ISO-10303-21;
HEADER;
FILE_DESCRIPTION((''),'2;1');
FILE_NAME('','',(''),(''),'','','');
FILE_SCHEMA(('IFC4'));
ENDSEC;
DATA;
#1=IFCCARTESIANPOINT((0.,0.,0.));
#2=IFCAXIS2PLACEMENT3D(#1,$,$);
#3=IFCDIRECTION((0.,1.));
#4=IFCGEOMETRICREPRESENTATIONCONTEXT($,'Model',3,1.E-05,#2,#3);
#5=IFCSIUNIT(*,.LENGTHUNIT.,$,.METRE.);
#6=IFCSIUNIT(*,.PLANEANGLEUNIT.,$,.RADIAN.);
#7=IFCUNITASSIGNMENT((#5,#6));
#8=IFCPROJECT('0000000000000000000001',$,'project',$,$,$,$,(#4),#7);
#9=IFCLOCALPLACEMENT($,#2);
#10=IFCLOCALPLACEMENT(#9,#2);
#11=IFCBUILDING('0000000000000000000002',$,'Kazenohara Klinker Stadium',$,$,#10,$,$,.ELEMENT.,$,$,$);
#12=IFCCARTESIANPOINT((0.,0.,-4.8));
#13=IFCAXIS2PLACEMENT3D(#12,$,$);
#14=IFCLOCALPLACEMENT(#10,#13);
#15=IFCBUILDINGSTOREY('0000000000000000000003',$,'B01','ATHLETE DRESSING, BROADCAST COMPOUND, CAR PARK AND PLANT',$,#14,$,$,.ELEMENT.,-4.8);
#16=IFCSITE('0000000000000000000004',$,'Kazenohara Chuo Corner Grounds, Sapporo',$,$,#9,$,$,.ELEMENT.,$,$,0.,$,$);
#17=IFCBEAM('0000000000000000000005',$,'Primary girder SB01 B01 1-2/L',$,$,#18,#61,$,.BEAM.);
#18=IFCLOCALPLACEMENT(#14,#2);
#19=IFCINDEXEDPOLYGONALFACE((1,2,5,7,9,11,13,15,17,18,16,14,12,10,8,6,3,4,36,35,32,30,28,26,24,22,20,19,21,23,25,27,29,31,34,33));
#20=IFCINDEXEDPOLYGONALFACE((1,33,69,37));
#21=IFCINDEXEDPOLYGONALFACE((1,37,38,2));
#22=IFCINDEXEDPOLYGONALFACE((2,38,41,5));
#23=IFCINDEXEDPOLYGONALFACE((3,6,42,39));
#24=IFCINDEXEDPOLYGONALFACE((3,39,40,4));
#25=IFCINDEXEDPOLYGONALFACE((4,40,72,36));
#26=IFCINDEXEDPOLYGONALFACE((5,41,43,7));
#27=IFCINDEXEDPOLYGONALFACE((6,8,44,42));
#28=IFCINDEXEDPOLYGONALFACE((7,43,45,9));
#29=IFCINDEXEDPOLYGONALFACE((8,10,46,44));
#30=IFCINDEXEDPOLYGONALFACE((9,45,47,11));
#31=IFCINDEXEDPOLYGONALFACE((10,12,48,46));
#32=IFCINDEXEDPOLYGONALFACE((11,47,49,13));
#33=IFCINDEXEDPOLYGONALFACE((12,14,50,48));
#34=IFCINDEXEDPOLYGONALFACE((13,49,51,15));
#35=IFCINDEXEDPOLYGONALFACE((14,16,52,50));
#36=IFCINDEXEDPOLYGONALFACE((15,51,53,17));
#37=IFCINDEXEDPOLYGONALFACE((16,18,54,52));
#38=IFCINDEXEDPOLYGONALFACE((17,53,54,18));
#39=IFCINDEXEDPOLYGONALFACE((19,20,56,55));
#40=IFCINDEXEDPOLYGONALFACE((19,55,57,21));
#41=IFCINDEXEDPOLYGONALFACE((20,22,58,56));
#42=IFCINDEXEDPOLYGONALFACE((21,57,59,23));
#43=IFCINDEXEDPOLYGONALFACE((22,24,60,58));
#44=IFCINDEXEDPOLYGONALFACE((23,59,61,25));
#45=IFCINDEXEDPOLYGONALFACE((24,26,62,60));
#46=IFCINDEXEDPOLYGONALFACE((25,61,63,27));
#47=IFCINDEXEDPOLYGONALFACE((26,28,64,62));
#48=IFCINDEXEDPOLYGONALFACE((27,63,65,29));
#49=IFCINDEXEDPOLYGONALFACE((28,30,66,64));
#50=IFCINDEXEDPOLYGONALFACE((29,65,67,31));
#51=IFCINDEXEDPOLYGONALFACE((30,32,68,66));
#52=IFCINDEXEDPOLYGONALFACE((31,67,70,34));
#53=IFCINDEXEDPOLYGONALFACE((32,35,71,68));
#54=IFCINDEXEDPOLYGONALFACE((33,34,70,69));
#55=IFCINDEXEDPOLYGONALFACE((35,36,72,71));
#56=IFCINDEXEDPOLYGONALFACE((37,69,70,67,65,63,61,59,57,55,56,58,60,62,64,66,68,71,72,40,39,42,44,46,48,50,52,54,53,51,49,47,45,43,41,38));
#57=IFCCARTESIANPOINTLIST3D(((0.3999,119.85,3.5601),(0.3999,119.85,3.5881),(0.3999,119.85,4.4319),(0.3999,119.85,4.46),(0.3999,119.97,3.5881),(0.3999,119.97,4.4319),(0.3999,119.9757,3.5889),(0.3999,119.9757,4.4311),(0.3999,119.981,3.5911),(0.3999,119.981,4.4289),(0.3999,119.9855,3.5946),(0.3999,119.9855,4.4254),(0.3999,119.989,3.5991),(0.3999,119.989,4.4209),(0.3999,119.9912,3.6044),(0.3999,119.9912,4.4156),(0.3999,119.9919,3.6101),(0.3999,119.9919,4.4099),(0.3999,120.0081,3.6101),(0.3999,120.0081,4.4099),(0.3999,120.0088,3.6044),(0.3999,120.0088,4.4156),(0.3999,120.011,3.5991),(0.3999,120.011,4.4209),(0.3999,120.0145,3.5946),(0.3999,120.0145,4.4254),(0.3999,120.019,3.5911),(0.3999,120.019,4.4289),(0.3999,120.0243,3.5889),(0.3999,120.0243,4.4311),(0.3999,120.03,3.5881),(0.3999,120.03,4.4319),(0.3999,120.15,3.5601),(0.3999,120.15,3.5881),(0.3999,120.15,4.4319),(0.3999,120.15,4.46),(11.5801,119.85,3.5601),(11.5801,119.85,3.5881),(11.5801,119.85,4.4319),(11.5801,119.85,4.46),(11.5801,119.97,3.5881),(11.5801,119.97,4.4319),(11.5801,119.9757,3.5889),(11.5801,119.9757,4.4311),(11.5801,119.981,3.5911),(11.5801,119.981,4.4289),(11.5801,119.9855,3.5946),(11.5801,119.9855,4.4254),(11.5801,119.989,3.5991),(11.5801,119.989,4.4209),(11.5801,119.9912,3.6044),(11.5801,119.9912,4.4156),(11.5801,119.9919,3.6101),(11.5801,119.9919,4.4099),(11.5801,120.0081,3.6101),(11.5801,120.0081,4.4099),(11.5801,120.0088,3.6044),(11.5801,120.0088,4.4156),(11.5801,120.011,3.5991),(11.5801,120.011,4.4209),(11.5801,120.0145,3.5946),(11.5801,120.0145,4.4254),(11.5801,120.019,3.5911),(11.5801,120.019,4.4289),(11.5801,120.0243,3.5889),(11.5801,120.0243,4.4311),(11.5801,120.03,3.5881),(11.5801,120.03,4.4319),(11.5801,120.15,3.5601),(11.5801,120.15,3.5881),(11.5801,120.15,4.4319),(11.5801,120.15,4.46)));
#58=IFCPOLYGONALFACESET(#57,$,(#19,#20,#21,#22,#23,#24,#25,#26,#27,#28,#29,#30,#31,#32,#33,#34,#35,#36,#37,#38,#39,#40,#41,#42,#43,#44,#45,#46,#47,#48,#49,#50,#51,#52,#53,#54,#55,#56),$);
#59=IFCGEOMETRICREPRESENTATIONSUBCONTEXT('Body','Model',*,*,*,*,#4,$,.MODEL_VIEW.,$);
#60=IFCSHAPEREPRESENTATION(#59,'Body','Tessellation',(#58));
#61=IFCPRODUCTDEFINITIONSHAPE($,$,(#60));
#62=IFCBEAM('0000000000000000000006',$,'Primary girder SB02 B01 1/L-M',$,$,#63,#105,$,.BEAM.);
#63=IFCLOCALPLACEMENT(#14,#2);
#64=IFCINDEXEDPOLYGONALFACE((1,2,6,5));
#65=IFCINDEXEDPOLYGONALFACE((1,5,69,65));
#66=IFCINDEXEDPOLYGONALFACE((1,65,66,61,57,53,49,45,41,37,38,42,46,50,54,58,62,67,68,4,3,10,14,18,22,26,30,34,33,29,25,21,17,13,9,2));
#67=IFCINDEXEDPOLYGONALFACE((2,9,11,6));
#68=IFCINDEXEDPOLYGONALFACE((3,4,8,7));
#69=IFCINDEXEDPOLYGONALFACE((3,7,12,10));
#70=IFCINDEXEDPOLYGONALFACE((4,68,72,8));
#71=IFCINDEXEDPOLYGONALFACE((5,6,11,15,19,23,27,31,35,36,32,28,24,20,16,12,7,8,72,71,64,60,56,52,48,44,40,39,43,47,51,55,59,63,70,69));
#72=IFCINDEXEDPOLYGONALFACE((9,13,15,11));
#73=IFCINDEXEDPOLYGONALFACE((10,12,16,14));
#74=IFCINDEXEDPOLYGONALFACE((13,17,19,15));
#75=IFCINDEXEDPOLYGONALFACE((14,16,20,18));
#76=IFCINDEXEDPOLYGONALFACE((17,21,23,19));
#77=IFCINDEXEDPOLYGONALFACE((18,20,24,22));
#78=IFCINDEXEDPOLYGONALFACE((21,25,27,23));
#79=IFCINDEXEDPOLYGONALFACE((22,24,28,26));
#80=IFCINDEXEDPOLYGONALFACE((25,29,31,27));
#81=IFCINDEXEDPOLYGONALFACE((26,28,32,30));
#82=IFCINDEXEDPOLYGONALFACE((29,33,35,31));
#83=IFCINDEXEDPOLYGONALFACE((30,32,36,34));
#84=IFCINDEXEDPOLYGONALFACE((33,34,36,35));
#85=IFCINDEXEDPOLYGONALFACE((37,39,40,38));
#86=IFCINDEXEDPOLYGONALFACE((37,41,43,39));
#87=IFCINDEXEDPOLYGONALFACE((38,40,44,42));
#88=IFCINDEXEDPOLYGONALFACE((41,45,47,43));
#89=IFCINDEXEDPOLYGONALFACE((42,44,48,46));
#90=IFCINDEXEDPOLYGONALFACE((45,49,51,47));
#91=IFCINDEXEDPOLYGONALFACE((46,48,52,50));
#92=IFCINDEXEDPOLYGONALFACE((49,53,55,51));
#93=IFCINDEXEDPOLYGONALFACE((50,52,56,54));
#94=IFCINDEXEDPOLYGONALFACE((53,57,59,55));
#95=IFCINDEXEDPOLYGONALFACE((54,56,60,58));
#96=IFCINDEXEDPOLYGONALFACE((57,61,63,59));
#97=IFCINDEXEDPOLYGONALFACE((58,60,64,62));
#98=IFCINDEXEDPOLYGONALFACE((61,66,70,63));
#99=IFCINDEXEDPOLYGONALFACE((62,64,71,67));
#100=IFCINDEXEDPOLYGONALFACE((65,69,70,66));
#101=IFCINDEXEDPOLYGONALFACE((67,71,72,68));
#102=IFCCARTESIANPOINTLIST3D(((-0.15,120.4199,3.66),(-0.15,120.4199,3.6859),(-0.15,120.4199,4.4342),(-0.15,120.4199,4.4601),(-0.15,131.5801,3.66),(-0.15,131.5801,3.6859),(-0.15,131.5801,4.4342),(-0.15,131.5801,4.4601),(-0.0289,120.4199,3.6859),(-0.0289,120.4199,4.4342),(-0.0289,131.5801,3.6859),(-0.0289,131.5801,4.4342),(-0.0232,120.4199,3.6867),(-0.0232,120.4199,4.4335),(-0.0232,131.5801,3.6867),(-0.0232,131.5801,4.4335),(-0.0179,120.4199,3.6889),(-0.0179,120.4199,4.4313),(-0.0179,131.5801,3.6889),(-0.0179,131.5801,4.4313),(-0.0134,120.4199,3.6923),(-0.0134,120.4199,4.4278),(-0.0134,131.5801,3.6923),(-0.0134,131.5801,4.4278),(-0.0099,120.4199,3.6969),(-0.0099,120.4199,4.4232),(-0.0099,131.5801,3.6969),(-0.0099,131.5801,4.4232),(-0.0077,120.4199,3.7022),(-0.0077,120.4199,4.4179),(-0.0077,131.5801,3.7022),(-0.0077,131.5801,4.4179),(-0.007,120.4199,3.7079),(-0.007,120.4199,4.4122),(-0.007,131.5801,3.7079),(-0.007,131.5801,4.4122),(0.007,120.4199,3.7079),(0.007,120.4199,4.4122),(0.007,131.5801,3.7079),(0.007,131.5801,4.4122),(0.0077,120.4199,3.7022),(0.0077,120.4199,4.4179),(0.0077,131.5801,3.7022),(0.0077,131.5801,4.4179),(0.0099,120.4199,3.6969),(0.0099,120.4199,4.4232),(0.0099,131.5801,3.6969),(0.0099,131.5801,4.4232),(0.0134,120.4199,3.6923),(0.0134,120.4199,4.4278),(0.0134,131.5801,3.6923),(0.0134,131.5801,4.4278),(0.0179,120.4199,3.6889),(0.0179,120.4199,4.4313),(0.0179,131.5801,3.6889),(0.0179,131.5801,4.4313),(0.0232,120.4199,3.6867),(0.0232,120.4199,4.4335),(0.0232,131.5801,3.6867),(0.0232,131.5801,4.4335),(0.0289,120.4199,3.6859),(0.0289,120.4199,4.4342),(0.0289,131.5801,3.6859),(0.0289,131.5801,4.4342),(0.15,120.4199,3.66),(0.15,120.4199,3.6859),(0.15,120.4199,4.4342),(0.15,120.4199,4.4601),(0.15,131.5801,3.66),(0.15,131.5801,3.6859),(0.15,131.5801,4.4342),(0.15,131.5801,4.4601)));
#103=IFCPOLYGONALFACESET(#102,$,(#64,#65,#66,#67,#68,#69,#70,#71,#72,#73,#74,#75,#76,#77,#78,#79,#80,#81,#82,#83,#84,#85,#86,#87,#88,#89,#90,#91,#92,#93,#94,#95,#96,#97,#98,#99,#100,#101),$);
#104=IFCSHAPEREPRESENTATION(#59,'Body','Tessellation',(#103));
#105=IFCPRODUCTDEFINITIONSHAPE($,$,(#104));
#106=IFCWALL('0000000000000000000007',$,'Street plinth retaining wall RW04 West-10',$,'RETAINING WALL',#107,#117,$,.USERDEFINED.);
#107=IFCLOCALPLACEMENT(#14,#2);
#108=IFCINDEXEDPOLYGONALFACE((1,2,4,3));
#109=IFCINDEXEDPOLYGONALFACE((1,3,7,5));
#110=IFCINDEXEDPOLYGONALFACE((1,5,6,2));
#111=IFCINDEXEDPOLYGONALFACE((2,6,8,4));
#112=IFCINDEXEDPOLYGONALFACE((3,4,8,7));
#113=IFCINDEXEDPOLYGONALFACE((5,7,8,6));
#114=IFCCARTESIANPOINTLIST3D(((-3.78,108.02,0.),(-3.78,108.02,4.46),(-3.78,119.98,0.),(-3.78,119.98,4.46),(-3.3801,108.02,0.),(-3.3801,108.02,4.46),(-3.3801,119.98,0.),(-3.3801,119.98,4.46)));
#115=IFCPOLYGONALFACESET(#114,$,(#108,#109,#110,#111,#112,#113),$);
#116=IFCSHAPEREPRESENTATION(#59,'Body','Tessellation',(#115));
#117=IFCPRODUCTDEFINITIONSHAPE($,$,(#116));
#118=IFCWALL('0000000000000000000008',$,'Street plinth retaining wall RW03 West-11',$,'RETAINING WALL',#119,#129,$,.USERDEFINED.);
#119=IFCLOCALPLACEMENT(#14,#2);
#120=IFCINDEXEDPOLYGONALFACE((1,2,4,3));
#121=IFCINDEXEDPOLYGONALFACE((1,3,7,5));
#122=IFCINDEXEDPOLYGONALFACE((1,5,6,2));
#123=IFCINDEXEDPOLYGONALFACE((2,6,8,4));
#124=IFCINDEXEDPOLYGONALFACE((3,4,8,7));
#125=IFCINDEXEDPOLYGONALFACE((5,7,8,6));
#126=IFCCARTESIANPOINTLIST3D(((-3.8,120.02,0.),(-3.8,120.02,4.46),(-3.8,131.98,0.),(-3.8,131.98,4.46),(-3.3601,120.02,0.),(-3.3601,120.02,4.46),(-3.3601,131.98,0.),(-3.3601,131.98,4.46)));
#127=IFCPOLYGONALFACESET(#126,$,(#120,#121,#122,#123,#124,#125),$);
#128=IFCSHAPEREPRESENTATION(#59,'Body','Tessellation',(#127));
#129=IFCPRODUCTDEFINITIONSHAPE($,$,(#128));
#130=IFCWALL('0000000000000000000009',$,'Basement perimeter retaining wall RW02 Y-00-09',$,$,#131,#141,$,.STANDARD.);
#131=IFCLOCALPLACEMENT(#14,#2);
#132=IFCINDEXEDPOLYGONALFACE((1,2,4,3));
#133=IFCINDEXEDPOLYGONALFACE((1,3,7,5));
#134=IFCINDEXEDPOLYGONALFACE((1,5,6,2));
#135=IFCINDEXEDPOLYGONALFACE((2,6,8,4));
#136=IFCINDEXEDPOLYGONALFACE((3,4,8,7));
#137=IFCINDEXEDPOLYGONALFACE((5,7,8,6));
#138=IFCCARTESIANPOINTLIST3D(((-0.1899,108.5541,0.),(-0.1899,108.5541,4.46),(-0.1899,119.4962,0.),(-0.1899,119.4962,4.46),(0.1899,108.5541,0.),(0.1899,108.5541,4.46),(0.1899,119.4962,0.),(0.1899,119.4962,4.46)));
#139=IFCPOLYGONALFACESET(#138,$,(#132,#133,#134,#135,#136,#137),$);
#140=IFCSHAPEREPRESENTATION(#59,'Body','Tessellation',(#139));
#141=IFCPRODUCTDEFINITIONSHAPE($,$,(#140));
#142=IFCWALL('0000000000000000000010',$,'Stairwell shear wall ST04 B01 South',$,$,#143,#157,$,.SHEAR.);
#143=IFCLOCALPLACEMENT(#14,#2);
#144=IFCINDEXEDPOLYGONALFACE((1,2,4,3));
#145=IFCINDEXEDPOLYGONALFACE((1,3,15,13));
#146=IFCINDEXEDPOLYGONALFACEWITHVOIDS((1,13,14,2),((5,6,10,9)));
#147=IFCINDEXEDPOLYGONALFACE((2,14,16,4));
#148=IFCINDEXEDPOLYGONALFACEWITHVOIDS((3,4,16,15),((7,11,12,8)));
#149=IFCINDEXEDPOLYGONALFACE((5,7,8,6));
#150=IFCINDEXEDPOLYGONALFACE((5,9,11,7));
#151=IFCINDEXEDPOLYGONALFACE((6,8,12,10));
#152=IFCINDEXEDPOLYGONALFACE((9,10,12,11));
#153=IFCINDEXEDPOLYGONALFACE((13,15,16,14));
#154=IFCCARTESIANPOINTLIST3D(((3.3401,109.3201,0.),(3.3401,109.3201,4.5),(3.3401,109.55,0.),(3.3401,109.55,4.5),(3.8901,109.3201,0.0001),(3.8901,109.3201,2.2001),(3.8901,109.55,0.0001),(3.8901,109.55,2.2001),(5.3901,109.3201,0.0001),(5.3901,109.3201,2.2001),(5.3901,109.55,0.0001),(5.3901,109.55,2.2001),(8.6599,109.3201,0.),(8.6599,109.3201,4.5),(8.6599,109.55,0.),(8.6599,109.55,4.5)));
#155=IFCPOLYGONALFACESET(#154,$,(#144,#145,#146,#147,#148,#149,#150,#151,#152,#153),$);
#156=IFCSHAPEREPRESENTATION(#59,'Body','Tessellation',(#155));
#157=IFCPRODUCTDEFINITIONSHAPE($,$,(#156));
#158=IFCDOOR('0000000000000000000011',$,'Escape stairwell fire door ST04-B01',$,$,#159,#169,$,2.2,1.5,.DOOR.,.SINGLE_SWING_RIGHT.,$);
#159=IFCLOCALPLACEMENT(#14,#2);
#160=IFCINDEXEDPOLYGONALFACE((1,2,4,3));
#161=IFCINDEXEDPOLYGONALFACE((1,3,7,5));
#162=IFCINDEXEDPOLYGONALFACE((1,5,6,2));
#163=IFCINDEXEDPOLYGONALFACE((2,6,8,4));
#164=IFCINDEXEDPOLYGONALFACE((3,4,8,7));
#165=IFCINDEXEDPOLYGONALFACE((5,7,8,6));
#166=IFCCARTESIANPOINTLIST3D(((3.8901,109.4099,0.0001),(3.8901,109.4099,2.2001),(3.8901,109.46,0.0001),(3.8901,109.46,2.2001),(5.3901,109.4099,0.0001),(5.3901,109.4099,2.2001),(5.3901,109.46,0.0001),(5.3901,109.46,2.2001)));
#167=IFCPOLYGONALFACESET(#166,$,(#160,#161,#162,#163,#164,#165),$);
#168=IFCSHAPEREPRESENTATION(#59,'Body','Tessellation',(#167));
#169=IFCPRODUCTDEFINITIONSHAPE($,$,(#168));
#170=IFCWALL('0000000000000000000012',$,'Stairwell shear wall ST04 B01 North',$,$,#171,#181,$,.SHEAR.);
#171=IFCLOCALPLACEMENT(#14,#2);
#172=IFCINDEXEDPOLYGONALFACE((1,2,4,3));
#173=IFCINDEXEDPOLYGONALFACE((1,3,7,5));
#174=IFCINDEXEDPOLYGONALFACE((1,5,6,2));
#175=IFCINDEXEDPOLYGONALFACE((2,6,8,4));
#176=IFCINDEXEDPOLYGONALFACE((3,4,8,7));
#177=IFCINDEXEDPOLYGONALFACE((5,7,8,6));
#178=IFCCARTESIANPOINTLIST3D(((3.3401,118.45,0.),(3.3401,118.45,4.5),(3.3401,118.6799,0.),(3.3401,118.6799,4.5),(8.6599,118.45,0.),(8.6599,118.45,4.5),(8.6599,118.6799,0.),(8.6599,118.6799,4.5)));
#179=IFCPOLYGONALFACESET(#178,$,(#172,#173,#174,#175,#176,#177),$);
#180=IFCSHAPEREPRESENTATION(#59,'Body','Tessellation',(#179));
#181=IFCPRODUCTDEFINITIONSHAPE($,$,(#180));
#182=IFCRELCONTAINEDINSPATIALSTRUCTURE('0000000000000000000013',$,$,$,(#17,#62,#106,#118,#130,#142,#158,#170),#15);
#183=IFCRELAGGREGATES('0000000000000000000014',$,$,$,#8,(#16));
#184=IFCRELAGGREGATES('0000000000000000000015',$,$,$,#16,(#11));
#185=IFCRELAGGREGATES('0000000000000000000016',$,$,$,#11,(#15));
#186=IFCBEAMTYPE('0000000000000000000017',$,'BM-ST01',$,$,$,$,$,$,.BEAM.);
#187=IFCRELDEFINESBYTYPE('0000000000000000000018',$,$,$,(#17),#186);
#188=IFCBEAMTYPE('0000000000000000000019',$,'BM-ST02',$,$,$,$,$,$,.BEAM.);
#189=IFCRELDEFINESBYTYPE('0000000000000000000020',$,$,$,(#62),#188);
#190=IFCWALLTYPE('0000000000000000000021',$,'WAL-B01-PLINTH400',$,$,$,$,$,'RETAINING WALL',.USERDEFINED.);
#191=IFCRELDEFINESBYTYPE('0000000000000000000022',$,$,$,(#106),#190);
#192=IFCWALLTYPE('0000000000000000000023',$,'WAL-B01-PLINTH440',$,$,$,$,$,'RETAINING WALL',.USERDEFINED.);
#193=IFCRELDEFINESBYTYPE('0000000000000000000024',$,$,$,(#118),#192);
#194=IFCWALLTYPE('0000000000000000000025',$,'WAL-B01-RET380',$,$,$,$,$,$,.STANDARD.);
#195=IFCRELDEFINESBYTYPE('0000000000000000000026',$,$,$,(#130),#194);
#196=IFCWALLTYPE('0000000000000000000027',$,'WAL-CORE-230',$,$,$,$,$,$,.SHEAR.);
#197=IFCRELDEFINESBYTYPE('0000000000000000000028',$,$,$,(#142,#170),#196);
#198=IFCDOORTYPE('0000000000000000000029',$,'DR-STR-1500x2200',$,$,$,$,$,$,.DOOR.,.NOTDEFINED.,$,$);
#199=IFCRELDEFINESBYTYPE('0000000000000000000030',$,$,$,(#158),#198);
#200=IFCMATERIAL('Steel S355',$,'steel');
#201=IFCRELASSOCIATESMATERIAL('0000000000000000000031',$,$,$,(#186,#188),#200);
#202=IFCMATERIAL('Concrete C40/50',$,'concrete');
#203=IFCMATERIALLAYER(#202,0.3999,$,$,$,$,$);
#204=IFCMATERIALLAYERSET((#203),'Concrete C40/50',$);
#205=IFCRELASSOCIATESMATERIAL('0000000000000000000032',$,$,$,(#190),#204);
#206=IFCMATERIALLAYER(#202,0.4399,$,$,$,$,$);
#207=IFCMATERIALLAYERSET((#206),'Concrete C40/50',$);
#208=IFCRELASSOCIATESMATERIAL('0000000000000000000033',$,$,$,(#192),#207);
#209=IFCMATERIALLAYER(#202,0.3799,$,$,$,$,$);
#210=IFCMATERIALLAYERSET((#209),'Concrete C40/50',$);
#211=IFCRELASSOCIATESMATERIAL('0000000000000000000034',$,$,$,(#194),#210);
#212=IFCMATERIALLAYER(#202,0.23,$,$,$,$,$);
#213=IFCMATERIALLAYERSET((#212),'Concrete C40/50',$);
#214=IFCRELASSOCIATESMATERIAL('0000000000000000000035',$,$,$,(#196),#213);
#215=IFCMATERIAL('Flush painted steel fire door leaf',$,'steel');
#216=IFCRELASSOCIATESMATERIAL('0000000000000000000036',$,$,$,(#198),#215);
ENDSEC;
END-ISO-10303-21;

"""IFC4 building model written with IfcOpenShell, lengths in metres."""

from ifc_helpers import new_model, si_unit, direction, frame, frame_2d, origin, origin_2d, place, context, subcontext, project, spatial, rectangle, i_section, extrude, material, layer, layer_set, material_profile, profile_set, type_object, element, fill, save


model = new_model("IFC4")

# Units and contexts
model_context = context("Model", 3, precision=1e-05, world=origin(), true_north=direction((0.0, 1.0)))
body_context = subcontext(model_context, "Body", "Model", "MODEL_VIEW")
ifc_project = project(units=[si_unit("LENGTHUNIT", "METRE"), si_unit("PLANEANGLEUNIT", "RADIAN")], contexts=[model_context])

# Site, building, storey
site_placement = place(None, origin())
site = spatial("IfcSite", under=ifc_project, at=site_placement, Name="Kazenohara Chuo Corner Grounds, Sapporo", CompositionType="ELEMENT", RefElevation=0.0)
building_placement = place(site_placement, origin())
building = spatial("IfcBuilding", under=site, at=building_placement, Name="Kazenohara Klinker Stadium", CompositionType="ELEMENT")
storey_placement = place(building_placement, frame((0.0, 0.0, -4.8)))
storey = spatial("IfcBuildingStorey", under=building, at=storey_placement, Name="B01", Description="ATHLETE DRESSING, BROADCAST COMPOUND, CAR PARK AND PLANT", CompositionType="ELEMENT", Elevation=-4.8)

# Shared definitions
ifc_material_1 = material(Name="Concrete C40/50", Category="concrete")

# Beams
ifc_material_2 = material(Name="Steel S355", Category="steel")
ifc_material_profile_1 = material_profile(ifc_material_2, i_section(OverallWidth=0.3, OverallDepth=0.8999, WebThickness=0.0161, FlangeThickness=0.0281, FilletRadius=0.022, at=origin_2d()), Name="H-900x300x16x28")
ifc_profile_set_1 = profile_set([ifc_material_profile_1], Name="Steel S355")
beam_type_1 = type_object("IfcBeamType", Name="BM-ST01", PredefinedType="BEAM", material=ifc_profile_set_1)
beam_1_placement = place(storey_placement, frame((0.3999, 120.0, 4.01), z_axis=(1.0, 0.0, 0.0), x_axis=(0.0, 1.0, 0.0)))
element("IfcBeam", 1, at=beam_1_placement, inside=storey, type_object=beam_type_1, Name="Primary girder SB01 B01 1-2/L", PredefinedType="BEAM", context=body_context, shape_type="SweptSolid", body=[
    extrude(i_section(OverallWidth=0.3, OverallDepth=0.8999, WebThickness=0.0161, FlangeThickness=0.0281, FilletRadius=0.022, at=origin_2d()), origin(), (0.0, 0.0, 1.0), 11.1802),
])
ifc_material_profile_2 = material_profile(ifc_material_2, i_section(OverallWidth=0.3, OverallDepth=0.8, WebThickness=0.0139, FlangeThickness=0.0259, FilletRadius=0.022, at=origin_2d()), Name="H-800x300x14x26")
ifc_profile_set_2 = profile_set([ifc_material_profile_2], Name="Steel S355")
beam_type_2 = type_object("IfcBeamType", Name="BM-ST02", PredefinedType="BEAM", material=ifc_profile_set_2)
beam_2_placement = place(storey_placement, frame((0.0, 120.4199, 4.0601), z_axis=(0.0, 1.0, 0.0), x_axis=(-1.0, 0.0, 0.0)))
element("IfcBeam", 2, at=beam_2_placement, inside=storey, type_object=beam_type_2, Name="Primary girder SB02 B01 1/L-M", PredefinedType="BEAM", context=body_context, shape_type="SweptSolid", body=[
    extrude(i_section(OverallWidth=0.3, OverallDepth=0.8, WebThickness=0.0139, FlangeThickness=0.0259, FilletRadius=0.022, at=origin_2d()), origin(), (0.0, 0.0, 1.0), 11.1602),
])

# Walls
ifc_layer_1 = layer(ifc_material_1, 0.3999)
ifc_layer_set_1 = layer_set([ifc_layer_1], Name="Concrete C40/50")
wall_type_1 = type_object("IfcWallType", Name="WAL-B01-PLINTH400", ElementType="RETAINING WALL", PredefinedType="USERDEFINED", material=ifc_layer_set_1)
wall_1_placement = place(storey_placement, frame((-3.5801, 108.02, 0.0), z_axis=(0.0, 0.0, 1.0), x_axis=(0.0, 1.0, 0.0)))
element("IfcWall", 3, at=wall_1_placement, inside=storey, type_object=wall_type_1, Name="Street plinth retaining wall RW04 West-10", ObjectType="RETAINING WALL", PredefinedType="USERDEFINED", context=body_context, shape_type="SweptSolid", body=[
    extrude(rectangle(XDim=11.96, YDim=0.3999, at=frame_2d((5.98, 0.0))), origin(), (0.0, 0.0, 1.0), 4.46),
])
ifc_layer_2 = layer(ifc_material_1, 0.4399)
ifc_layer_set_2 = layer_set([ifc_layer_2], Name="Concrete C40/50")
wall_type_2 = type_object("IfcWallType", Name="WAL-B01-PLINTH440", ElementType="RETAINING WALL", PredefinedType="USERDEFINED", material=ifc_layer_set_2)
wall_2_placement = place(storey_placement, frame((-3.5801, 120.02, 0.0), z_axis=(0.0, 0.0, 1.0), x_axis=(0.0, 1.0, 0.0)))
element("IfcWall", 4, at=wall_2_placement, inside=storey, type_object=wall_type_2, Name="Street plinth retaining wall RW03 West-11", ObjectType="RETAINING WALL", PredefinedType="USERDEFINED", context=body_context, shape_type="SweptSolid", body=[
    extrude(rectangle(XDim=11.96, YDim=0.4399, at=frame_2d((5.98, 0.0))), origin(), (0.0, 0.0, 1.0), 4.46),
])
ifc_layer_3 = layer(ifc_material_1, 0.3799)
ifc_layer_set_3 = layer_set([ifc_layer_3], Name="Concrete C40/50")
wall_type_3 = type_object("IfcWallType", Name="WAL-B01-RET380", PredefinedType="STANDARD", material=ifc_layer_set_3)
wall_3_placement = place(storey_placement, frame((0.0, 108.554, 0.0), z_axis=(0.0, 0.0, 1.0), x_axis=(0.0, 1.0, 0.0)))
element("IfcWall", 5, at=wall_3_placement, inside=storey, type_object=wall_type_3, Name="Basement perimeter retaining wall RW02 Y-00-09", PredefinedType="STANDARD", context=body_context, shape_type="SweptSolid", body=[
    extrude(rectangle(XDim=10.9421, YDim=0.3799, at=frame_2d((5.4712, 0.0))), origin(), (0.0, 0.0, 1.0), 4.46),
])

# Wall, opening, door
ifc_layer_4 = layer(ifc_material_1, 0.23)
ifc_layer_set_4 = layer_set([ifc_layer_4], Name="Concrete C40/50")
wall_type_4 = type_object("IfcWallType", Name="WAL-CORE-230", PredefinedType="SHEAR", material=ifc_layer_set_4)
wall_4_placement = place(storey_placement, frame((3.3401, 109.4351, 0.0), z_axis=(0.0, 0.0, 1.0), x_axis=(1.0, 0.0, 0.0)))
wall_4 = element("IfcWall", 6, at=wall_4_placement, inside=storey, type_object=wall_type_4, Name="Stairwell shear wall ST04 B01 South", PredefinedType="SHEAR", context=body_context, shape_type="SweptSolid", body=[
    extrude(rectangle(XDim=5.3198, YDim=0.23, at=frame_2d((2.6599, 0.0))), origin(), (0.0, 0.0, 1.0), 4.5),
])
opening_placement = place(wall_4_placement, frame((0.55, 0.0, 0.0)))
opening = element("IfcOpeningElement", 7, at=opening_placement, cuts=wall_4, PredefinedType="OPENING", context=body_context, shape_type="SweptSolid", body=[
    extrude(rectangle(XDim=1.5, YDim=2.2, at=frame_2d((0.75, 1.1001))), frame((0.0, 0.125, 0.0), z_axis=(0.0, -1.0, 0.0), x_axis=(1.0, 0.0, 0.0)), (0.0, 0.0, 1.0), 0.25),
])
ifc_material_3 = material(Name="Flush painted steel fire door leaf", Category="steel")
door_type = type_object("IfcDoorType", Name="DR-STR-1500x2200", OperationType="NOTDEFINED", PredefinedType="DOOR", material=ifc_material_3)
door_placement = place(opening_placement, origin())
door = element("IfcDoor", 8, at=door_placement, inside=storey, type_object=door_type, Name="Escape stairwell fire door ST04-B01", OperationType="SINGLE_SWING_RIGHT", OverallHeight=2.2, OverallWidth=1.5, PredefinedType="DOOR", context=body_context, shape_type="SweptSolid", body=[
    extrude(rectangle(XDim=1.5, YDim=2.2, at=frame_2d((0.75, 1.1001))), frame((0.0, 0.0249, 0.0), z_axis=(0.0, -1.0, 0.0), x_axis=(1.0, 0.0, 0.0)), (0.0, 0.0, 1.0), 0.05),
])
fill(opening, door)

# Wall
wall_5_placement = place(storey_placement, frame((3.3401, 118.5649, 0.0), z_axis=(0.0, 0.0, 1.0), x_axis=(1.0, 0.0, 0.0)))
element("IfcWall", 9, at=wall_5_placement, inside=storey, type_object=wall_type_4, Name="Stairwell shear wall ST04 B01 North", PredefinedType="SHEAR", context=body_context, shape_type="SweptSolid", body=[
    extrude(rectangle(XDim=5.3198, YDim=0.23, at=frame_2d((2.6599, 0.0))), origin(), (0.0, 0.0, 1.0), 4.5),
])

save(model, "model.ifc")
